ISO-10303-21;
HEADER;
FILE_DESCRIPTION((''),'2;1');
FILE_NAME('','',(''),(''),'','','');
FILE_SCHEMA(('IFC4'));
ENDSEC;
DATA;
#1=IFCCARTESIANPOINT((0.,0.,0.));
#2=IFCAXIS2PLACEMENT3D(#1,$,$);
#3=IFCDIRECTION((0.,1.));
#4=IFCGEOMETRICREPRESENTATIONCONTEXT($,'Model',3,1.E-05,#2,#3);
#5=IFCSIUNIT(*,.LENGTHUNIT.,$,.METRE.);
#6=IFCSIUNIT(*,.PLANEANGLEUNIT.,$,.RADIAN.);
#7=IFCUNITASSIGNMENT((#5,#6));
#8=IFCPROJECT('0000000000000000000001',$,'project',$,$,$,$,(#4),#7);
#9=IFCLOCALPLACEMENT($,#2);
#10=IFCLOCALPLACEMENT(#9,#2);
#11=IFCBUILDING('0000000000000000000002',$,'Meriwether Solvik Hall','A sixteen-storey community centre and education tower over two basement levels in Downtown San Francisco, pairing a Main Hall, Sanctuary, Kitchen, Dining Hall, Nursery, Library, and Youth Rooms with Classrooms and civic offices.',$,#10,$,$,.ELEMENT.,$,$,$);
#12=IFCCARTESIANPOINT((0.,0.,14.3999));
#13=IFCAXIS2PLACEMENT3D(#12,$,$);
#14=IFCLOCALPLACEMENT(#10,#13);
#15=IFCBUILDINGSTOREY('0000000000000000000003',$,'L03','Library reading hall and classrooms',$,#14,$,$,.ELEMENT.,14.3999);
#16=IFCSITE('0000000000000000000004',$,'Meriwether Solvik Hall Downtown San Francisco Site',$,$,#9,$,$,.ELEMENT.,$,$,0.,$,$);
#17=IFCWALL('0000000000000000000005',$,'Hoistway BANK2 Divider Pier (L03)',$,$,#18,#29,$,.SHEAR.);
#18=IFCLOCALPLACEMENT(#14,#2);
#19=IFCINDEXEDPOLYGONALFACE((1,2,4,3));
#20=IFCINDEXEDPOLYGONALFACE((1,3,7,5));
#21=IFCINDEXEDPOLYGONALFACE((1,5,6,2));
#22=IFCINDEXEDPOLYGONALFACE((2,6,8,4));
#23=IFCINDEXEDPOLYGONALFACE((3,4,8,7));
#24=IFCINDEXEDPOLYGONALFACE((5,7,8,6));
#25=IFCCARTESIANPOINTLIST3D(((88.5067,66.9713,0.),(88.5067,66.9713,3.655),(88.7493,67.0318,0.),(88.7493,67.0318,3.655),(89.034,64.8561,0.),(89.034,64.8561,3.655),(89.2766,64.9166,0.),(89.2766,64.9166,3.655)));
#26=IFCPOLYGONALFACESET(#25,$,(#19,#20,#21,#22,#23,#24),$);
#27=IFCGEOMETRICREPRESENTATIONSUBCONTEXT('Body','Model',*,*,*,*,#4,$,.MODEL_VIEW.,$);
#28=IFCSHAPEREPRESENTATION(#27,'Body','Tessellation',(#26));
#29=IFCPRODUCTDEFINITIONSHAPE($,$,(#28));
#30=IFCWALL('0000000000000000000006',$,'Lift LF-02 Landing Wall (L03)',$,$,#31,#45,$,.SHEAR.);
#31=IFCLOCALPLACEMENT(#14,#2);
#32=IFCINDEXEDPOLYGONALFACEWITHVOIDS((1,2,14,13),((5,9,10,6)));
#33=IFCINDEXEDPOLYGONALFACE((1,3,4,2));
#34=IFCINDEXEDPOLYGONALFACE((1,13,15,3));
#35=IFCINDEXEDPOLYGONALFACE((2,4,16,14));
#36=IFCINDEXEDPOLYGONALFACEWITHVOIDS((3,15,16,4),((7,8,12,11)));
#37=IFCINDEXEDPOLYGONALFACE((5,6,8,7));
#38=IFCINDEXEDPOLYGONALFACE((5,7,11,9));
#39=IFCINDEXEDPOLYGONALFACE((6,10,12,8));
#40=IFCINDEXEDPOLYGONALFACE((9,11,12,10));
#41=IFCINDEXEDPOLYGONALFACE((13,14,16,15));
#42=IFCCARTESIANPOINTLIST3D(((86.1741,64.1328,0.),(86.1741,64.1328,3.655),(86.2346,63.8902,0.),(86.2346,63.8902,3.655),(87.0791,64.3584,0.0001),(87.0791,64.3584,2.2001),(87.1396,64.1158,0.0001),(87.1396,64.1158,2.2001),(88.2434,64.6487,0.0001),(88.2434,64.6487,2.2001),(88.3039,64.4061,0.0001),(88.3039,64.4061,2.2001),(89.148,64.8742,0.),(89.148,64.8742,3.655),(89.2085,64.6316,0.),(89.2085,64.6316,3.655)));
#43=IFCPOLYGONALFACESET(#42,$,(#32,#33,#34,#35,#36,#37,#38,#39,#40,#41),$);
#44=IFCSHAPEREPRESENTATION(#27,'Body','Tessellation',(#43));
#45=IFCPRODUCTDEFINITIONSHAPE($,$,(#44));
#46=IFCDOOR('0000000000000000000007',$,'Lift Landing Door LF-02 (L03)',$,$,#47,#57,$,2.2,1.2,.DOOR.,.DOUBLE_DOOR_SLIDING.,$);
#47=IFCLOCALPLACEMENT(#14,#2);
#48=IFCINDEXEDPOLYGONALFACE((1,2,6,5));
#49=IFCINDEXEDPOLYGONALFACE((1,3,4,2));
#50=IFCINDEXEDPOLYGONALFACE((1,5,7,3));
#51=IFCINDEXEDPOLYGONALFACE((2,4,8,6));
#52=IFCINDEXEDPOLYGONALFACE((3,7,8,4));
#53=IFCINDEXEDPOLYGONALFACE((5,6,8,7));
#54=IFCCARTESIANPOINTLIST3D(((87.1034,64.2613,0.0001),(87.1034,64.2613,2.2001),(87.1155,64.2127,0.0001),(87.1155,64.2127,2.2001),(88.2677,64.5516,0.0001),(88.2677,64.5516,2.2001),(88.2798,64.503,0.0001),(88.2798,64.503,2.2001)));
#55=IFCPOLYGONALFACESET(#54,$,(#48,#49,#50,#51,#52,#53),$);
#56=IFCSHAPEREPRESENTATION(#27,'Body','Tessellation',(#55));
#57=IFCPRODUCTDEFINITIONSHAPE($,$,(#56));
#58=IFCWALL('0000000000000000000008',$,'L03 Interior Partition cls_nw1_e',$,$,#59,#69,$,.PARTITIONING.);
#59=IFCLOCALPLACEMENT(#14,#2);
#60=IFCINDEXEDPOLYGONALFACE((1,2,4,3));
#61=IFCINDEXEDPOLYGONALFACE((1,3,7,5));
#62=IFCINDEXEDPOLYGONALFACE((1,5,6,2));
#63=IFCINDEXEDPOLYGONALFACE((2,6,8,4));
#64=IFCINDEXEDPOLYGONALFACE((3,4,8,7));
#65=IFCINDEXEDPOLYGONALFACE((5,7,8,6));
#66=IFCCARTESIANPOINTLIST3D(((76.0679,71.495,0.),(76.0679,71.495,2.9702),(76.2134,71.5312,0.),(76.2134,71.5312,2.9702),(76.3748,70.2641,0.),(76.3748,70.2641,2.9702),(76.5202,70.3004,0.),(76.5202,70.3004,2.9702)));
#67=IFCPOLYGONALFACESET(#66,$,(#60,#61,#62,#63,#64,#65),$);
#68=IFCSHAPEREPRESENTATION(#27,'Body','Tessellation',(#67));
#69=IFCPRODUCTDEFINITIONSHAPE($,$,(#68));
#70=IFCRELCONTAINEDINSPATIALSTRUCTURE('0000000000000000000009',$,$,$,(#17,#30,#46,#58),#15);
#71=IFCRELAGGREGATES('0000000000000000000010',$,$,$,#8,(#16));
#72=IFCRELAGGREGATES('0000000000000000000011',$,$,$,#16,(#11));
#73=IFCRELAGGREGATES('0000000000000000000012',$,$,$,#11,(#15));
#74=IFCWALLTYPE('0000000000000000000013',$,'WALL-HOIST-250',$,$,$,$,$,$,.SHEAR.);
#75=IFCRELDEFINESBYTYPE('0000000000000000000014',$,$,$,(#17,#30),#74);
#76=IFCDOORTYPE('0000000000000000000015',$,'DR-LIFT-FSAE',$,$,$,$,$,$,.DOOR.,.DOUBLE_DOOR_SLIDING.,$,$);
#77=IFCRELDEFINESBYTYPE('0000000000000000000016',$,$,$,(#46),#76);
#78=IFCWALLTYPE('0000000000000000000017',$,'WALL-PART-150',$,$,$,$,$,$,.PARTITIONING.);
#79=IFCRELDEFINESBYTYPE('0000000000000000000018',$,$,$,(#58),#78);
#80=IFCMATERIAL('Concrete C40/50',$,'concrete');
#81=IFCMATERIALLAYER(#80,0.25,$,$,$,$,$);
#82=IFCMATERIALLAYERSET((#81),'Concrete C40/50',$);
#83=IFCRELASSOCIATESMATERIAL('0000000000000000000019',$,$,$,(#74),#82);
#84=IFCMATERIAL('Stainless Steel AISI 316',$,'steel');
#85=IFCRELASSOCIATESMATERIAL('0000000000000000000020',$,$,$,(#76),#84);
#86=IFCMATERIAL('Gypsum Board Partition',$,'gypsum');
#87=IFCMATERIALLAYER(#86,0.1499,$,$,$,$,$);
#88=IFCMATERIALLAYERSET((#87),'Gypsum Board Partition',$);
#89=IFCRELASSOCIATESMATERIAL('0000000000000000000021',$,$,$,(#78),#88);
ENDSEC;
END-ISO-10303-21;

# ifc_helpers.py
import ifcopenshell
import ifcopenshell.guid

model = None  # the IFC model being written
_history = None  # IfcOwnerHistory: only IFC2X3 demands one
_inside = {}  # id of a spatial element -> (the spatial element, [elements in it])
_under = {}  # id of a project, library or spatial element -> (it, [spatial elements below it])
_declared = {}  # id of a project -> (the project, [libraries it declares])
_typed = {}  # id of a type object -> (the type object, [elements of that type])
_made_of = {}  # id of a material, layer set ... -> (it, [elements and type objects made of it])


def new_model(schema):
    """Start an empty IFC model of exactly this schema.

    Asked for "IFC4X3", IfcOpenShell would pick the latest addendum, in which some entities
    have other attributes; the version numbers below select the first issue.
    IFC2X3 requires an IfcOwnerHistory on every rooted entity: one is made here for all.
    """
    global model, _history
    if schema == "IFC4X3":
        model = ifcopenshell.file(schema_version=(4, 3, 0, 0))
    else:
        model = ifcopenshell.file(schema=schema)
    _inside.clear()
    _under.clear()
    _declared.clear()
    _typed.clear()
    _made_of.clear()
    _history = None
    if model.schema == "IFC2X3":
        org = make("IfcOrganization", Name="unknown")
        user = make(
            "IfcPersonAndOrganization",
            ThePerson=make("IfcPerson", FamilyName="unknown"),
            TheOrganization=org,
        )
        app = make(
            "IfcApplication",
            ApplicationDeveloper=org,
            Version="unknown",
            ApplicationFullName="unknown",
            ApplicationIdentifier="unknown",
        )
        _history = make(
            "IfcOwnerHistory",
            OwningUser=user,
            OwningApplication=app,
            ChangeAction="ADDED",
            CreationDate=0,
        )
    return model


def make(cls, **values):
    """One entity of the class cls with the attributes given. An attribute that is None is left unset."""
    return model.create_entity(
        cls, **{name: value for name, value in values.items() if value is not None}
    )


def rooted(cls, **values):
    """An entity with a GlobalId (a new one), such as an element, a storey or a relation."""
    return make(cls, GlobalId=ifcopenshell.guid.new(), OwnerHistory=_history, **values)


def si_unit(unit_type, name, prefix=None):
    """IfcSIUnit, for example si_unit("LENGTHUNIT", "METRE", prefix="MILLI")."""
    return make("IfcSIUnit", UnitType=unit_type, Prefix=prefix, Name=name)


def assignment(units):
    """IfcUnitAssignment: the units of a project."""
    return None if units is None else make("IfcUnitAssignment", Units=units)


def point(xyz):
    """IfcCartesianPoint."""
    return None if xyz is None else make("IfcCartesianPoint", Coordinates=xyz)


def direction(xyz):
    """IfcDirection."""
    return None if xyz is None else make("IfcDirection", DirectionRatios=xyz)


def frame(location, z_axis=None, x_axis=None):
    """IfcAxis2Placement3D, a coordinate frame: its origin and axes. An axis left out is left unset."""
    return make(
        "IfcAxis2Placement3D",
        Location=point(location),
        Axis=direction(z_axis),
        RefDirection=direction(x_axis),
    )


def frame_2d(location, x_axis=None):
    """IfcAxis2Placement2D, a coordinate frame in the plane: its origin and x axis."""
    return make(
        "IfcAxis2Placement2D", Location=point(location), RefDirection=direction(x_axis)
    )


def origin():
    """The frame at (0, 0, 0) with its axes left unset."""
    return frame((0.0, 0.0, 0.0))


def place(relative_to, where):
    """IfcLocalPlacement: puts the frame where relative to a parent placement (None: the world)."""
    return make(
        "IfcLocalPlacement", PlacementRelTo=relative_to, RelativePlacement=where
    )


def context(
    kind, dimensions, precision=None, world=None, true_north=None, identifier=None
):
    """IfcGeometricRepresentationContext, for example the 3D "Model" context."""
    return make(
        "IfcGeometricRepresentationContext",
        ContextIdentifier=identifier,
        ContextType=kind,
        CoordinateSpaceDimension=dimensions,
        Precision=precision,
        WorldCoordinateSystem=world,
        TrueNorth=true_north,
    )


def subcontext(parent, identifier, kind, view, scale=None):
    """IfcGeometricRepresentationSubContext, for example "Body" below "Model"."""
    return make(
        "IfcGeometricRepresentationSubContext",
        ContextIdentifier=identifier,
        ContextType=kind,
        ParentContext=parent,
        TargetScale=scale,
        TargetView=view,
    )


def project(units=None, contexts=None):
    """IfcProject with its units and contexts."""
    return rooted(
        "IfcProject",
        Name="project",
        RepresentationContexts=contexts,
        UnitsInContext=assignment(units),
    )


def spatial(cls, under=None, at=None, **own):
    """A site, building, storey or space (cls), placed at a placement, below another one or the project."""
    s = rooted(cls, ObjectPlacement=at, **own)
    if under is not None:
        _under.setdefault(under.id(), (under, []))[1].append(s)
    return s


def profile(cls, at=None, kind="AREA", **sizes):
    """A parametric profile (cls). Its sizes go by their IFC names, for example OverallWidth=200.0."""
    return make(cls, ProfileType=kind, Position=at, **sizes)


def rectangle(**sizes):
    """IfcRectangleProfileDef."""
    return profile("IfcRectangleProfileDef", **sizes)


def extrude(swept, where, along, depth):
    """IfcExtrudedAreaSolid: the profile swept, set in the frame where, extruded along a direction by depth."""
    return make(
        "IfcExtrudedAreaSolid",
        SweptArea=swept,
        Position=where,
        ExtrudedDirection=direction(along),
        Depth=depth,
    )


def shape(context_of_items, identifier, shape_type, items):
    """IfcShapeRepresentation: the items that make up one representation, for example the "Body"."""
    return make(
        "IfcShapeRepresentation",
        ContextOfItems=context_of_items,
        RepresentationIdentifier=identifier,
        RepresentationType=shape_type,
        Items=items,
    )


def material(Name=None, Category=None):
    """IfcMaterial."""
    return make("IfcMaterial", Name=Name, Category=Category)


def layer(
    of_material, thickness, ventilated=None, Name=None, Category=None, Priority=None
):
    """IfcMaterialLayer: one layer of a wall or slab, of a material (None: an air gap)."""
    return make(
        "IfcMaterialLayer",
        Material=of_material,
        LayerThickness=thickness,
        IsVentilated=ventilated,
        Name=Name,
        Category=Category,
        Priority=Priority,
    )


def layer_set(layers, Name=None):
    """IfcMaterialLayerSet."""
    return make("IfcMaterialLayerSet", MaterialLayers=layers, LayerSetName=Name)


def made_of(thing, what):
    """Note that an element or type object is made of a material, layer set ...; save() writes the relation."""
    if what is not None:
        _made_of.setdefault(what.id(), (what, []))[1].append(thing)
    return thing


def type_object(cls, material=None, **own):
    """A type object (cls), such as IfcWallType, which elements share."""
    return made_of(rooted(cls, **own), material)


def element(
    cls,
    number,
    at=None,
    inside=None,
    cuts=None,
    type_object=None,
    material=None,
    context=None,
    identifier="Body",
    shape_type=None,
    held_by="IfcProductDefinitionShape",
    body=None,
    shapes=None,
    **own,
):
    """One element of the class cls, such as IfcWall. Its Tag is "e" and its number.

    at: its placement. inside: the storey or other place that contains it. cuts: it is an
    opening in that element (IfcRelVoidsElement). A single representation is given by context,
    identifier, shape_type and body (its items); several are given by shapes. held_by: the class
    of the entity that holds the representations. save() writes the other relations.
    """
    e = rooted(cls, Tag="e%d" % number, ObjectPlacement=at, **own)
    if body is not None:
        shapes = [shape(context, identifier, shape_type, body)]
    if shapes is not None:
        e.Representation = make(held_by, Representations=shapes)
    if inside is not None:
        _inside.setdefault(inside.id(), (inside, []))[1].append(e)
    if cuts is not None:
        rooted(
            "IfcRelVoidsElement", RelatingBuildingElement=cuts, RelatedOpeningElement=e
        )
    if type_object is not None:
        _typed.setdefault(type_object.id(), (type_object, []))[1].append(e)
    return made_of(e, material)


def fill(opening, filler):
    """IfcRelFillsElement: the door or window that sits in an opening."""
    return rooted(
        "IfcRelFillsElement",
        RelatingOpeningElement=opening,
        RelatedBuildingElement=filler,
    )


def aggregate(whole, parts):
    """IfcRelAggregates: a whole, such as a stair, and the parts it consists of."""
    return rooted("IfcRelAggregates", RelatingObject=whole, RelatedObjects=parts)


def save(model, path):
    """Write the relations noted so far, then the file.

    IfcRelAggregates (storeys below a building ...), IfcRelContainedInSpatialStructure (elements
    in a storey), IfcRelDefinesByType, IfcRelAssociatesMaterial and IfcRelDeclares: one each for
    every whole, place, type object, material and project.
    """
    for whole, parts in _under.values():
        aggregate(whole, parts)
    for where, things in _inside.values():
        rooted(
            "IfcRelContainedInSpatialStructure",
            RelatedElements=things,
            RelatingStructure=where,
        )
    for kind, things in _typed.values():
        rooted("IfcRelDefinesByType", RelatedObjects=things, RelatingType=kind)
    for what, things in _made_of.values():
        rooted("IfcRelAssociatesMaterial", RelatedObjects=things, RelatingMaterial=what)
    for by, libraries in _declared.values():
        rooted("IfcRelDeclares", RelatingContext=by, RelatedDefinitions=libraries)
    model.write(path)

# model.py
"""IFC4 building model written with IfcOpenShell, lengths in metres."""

from ifc_helpers import new_model, si_unit, direction, frame, frame_2d, origin, place, context, subcontext, project, spatial, rectangle, extrude, material, layer, layer_set, type_object, element, fill, save


model = new_model("IFC4")

# Units and contexts
model_context = context("Model", 3, precision=1e-05, world=origin(), true_north=direction((0.0, 1.0)))
body_context = subcontext(model_context, "Body", "Model", "MODEL_VIEW")
ifc_project = project(units=[si_unit("LENGTHUNIT", "METRE"), si_unit("PLANEANGLEUNIT", "RADIAN")], contexts=[model_context])

# Site, building, storey
site_placement = place(None, origin())
site = spatial("IfcSite", under=ifc_project, at=site_placement, Name="Meriwether Solvik Hall Downtown San Francisco Site", CompositionType="ELEMENT", RefElevation=0.0)
building_placement = place(site_placement, origin())
building = spatial("IfcBuilding", under=site, at=building_placement, Name="Meriwether Solvik Hall", Description="A sixteen-storey community centre and education tower over two basement levels in Downtown San Francisco, pairing a Main Hall, Sanctuary, Kitchen, Dining Hall, Nursery, Library, and Youth Rooms with Classrooms and civic offices.", CompositionType="ELEMENT")
storey_placement = place(building_placement, frame((0.0, 0.0, 14.3999)))
storey = spatial("IfcBuildingStorey", under=building, at=storey_placement, Name="L03", Description="Library reading hall and classrooms", CompositionType="ELEMENT", Elevation=14.3999)

# Wall
ifc_material_1 = material(Name="Concrete C40/50", Category="concrete")
ifc_layer_1 = layer(ifc_material_1, 0.25)
ifc_layer_set_1 = layer_set([ifc_layer_1], Name="Concrete C40/50")
wall_type_1 = type_object("IfcWallType", Name="WALL-HOIST-250", PredefinedType="SHEAR", material=ifc_layer_set_1)
for number, where, z_axis, x_axis, name in (
    (1, (89.1553, 64.8865, 0.0), (0.0, 0.0, 1.0), (-0.241903, 0.9703, 0.0), "Hoistway BANK2 Divider Pier (L03)"),
):
    element("IfcWall", number, at=place(storey_placement, frame(where, z_axis=z_axis, x_axis=x_axis)), inside=storey, type_object=wall_type_1, Name=name, PredefinedType="SHEAR", context=body_context, shape_type="SweptSolid", body=[
        extrude(rectangle(XDim=2.1799, YDim=0.25, at=frame_2d((1.0898, 0.0))), origin(), (0.0, 0.0, 1.0), 3.655),
    ])

# Wall, opening, door
wall_1_placement = place(storey_placement, frame((86.2043, 64.0115, 0.0), z_axis=(0.0, 0.0, 1.0), x_axis=(0.970297, 0.241917, 0.0)))
wall_1 = element("IfcWall", 2, at=wall_1_placement, inside=storey, type_object=wall_type_1, Name="Lift LF-02 Landing Wall (L03)", PredefinedType="SHEAR", context=body_context, shape_type="SweptSolid", body=[
    extrude(rectangle(XDim=3.0649, YDim=0.25, at=frame_2d((1.5325, 0.0))), origin(), (0.0, 0.0, 1.0), 3.655),
])
opening_1_placement = place(wall_1_placement, frame((0.9326, 0.0, 0.0)))
opening_1 = element("IfcOpeningElement", 3, at=opening_1_placement, cuts=wall_1, PredefinedType="OPENING", context=body_context, shape_type="SweptSolid", body=[
    extrude(rectangle(XDim=1.2, YDim=2.2, at=frame_2d((0.6001, 1.1001))), frame((0.0, 0.137, 0.0), z_axis=(0.0, -1.0, 0.0), x_axis=(1.0, 0.0, 0.0)), (0.0, 0.0, 1.0), 0.2739),
])
ifc_material_2 = material(Name="Stainless Steel AISI 316", Category="steel")
door_type_1 = type_object("IfcDoorType", Name="DR-LIFT-FSAE", OperationType="DOUBLE_DOOR_SLIDING", PredefinedType="DOOR", material=ifc_material_2)
door_1_placement = place(opening_1_placement, origin())
door_1 = element("IfcDoor", 4, at=door_1_placement, inside=storey, type_object=door_type_1, Name="Lift Landing Door LF-02 (L03)", OperationType="DOUBLE_DOOR_SLIDING", OverallHeight=2.2, OverallWidth=1.2, PredefinedType="DOOR", context=body_context, shape_type="SweptSolid", body=[
    extrude(rectangle(XDim=1.2, YDim=2.2, at=frame_2d((0.6001, 1.1001))), frame((0.0, 0.0249, 0.0), z_axis=(0.0, -1.0, 0.0), x_axis=(1.0, 0.0, 0.0)), (0.0, 0.0, 1.0), 0.05),
])
fill(opening_1, door_1)

# Wall
ifc_material_3 = material(Name="Gypsum Board Partition", Category="gypsum")
ifc_layer_2 = layer(ifc_material_3, 0.1499)
ifc_layer_set_2 = layer_set([ifc_layer_2], Name="Gypsum Board Partition")
wall_type_2 = type_object("IfcWallType", Name="WALL-PART-150", PredefinedType="PARTITIONING", material=ifc_layer_set_2)
wall_2_placement = place(storey_placement, frame((76.4475, 70.2822, 0.0), z_axis=(0.0, 0.0, 1.0), x_axis=(-0.241902, 0.970301, 0.0)))
element("IfcWall", 5, at=wall_2_placement, inside=storey, type_object=wall_type_2, Name="L03 Interior Partition cls_nw1_e", PredefinedType="PARTITIONING", context=body_context, shape_type="SweptSolid", body=[
    extrude(rectangle(XDim=1.2686, YDim=0.1499, at=frame_2d((0.6343, 0.0))), origin(), (0.0, 0.0, 1.0), 2.9702),
])

save(model, "model.ifc")
